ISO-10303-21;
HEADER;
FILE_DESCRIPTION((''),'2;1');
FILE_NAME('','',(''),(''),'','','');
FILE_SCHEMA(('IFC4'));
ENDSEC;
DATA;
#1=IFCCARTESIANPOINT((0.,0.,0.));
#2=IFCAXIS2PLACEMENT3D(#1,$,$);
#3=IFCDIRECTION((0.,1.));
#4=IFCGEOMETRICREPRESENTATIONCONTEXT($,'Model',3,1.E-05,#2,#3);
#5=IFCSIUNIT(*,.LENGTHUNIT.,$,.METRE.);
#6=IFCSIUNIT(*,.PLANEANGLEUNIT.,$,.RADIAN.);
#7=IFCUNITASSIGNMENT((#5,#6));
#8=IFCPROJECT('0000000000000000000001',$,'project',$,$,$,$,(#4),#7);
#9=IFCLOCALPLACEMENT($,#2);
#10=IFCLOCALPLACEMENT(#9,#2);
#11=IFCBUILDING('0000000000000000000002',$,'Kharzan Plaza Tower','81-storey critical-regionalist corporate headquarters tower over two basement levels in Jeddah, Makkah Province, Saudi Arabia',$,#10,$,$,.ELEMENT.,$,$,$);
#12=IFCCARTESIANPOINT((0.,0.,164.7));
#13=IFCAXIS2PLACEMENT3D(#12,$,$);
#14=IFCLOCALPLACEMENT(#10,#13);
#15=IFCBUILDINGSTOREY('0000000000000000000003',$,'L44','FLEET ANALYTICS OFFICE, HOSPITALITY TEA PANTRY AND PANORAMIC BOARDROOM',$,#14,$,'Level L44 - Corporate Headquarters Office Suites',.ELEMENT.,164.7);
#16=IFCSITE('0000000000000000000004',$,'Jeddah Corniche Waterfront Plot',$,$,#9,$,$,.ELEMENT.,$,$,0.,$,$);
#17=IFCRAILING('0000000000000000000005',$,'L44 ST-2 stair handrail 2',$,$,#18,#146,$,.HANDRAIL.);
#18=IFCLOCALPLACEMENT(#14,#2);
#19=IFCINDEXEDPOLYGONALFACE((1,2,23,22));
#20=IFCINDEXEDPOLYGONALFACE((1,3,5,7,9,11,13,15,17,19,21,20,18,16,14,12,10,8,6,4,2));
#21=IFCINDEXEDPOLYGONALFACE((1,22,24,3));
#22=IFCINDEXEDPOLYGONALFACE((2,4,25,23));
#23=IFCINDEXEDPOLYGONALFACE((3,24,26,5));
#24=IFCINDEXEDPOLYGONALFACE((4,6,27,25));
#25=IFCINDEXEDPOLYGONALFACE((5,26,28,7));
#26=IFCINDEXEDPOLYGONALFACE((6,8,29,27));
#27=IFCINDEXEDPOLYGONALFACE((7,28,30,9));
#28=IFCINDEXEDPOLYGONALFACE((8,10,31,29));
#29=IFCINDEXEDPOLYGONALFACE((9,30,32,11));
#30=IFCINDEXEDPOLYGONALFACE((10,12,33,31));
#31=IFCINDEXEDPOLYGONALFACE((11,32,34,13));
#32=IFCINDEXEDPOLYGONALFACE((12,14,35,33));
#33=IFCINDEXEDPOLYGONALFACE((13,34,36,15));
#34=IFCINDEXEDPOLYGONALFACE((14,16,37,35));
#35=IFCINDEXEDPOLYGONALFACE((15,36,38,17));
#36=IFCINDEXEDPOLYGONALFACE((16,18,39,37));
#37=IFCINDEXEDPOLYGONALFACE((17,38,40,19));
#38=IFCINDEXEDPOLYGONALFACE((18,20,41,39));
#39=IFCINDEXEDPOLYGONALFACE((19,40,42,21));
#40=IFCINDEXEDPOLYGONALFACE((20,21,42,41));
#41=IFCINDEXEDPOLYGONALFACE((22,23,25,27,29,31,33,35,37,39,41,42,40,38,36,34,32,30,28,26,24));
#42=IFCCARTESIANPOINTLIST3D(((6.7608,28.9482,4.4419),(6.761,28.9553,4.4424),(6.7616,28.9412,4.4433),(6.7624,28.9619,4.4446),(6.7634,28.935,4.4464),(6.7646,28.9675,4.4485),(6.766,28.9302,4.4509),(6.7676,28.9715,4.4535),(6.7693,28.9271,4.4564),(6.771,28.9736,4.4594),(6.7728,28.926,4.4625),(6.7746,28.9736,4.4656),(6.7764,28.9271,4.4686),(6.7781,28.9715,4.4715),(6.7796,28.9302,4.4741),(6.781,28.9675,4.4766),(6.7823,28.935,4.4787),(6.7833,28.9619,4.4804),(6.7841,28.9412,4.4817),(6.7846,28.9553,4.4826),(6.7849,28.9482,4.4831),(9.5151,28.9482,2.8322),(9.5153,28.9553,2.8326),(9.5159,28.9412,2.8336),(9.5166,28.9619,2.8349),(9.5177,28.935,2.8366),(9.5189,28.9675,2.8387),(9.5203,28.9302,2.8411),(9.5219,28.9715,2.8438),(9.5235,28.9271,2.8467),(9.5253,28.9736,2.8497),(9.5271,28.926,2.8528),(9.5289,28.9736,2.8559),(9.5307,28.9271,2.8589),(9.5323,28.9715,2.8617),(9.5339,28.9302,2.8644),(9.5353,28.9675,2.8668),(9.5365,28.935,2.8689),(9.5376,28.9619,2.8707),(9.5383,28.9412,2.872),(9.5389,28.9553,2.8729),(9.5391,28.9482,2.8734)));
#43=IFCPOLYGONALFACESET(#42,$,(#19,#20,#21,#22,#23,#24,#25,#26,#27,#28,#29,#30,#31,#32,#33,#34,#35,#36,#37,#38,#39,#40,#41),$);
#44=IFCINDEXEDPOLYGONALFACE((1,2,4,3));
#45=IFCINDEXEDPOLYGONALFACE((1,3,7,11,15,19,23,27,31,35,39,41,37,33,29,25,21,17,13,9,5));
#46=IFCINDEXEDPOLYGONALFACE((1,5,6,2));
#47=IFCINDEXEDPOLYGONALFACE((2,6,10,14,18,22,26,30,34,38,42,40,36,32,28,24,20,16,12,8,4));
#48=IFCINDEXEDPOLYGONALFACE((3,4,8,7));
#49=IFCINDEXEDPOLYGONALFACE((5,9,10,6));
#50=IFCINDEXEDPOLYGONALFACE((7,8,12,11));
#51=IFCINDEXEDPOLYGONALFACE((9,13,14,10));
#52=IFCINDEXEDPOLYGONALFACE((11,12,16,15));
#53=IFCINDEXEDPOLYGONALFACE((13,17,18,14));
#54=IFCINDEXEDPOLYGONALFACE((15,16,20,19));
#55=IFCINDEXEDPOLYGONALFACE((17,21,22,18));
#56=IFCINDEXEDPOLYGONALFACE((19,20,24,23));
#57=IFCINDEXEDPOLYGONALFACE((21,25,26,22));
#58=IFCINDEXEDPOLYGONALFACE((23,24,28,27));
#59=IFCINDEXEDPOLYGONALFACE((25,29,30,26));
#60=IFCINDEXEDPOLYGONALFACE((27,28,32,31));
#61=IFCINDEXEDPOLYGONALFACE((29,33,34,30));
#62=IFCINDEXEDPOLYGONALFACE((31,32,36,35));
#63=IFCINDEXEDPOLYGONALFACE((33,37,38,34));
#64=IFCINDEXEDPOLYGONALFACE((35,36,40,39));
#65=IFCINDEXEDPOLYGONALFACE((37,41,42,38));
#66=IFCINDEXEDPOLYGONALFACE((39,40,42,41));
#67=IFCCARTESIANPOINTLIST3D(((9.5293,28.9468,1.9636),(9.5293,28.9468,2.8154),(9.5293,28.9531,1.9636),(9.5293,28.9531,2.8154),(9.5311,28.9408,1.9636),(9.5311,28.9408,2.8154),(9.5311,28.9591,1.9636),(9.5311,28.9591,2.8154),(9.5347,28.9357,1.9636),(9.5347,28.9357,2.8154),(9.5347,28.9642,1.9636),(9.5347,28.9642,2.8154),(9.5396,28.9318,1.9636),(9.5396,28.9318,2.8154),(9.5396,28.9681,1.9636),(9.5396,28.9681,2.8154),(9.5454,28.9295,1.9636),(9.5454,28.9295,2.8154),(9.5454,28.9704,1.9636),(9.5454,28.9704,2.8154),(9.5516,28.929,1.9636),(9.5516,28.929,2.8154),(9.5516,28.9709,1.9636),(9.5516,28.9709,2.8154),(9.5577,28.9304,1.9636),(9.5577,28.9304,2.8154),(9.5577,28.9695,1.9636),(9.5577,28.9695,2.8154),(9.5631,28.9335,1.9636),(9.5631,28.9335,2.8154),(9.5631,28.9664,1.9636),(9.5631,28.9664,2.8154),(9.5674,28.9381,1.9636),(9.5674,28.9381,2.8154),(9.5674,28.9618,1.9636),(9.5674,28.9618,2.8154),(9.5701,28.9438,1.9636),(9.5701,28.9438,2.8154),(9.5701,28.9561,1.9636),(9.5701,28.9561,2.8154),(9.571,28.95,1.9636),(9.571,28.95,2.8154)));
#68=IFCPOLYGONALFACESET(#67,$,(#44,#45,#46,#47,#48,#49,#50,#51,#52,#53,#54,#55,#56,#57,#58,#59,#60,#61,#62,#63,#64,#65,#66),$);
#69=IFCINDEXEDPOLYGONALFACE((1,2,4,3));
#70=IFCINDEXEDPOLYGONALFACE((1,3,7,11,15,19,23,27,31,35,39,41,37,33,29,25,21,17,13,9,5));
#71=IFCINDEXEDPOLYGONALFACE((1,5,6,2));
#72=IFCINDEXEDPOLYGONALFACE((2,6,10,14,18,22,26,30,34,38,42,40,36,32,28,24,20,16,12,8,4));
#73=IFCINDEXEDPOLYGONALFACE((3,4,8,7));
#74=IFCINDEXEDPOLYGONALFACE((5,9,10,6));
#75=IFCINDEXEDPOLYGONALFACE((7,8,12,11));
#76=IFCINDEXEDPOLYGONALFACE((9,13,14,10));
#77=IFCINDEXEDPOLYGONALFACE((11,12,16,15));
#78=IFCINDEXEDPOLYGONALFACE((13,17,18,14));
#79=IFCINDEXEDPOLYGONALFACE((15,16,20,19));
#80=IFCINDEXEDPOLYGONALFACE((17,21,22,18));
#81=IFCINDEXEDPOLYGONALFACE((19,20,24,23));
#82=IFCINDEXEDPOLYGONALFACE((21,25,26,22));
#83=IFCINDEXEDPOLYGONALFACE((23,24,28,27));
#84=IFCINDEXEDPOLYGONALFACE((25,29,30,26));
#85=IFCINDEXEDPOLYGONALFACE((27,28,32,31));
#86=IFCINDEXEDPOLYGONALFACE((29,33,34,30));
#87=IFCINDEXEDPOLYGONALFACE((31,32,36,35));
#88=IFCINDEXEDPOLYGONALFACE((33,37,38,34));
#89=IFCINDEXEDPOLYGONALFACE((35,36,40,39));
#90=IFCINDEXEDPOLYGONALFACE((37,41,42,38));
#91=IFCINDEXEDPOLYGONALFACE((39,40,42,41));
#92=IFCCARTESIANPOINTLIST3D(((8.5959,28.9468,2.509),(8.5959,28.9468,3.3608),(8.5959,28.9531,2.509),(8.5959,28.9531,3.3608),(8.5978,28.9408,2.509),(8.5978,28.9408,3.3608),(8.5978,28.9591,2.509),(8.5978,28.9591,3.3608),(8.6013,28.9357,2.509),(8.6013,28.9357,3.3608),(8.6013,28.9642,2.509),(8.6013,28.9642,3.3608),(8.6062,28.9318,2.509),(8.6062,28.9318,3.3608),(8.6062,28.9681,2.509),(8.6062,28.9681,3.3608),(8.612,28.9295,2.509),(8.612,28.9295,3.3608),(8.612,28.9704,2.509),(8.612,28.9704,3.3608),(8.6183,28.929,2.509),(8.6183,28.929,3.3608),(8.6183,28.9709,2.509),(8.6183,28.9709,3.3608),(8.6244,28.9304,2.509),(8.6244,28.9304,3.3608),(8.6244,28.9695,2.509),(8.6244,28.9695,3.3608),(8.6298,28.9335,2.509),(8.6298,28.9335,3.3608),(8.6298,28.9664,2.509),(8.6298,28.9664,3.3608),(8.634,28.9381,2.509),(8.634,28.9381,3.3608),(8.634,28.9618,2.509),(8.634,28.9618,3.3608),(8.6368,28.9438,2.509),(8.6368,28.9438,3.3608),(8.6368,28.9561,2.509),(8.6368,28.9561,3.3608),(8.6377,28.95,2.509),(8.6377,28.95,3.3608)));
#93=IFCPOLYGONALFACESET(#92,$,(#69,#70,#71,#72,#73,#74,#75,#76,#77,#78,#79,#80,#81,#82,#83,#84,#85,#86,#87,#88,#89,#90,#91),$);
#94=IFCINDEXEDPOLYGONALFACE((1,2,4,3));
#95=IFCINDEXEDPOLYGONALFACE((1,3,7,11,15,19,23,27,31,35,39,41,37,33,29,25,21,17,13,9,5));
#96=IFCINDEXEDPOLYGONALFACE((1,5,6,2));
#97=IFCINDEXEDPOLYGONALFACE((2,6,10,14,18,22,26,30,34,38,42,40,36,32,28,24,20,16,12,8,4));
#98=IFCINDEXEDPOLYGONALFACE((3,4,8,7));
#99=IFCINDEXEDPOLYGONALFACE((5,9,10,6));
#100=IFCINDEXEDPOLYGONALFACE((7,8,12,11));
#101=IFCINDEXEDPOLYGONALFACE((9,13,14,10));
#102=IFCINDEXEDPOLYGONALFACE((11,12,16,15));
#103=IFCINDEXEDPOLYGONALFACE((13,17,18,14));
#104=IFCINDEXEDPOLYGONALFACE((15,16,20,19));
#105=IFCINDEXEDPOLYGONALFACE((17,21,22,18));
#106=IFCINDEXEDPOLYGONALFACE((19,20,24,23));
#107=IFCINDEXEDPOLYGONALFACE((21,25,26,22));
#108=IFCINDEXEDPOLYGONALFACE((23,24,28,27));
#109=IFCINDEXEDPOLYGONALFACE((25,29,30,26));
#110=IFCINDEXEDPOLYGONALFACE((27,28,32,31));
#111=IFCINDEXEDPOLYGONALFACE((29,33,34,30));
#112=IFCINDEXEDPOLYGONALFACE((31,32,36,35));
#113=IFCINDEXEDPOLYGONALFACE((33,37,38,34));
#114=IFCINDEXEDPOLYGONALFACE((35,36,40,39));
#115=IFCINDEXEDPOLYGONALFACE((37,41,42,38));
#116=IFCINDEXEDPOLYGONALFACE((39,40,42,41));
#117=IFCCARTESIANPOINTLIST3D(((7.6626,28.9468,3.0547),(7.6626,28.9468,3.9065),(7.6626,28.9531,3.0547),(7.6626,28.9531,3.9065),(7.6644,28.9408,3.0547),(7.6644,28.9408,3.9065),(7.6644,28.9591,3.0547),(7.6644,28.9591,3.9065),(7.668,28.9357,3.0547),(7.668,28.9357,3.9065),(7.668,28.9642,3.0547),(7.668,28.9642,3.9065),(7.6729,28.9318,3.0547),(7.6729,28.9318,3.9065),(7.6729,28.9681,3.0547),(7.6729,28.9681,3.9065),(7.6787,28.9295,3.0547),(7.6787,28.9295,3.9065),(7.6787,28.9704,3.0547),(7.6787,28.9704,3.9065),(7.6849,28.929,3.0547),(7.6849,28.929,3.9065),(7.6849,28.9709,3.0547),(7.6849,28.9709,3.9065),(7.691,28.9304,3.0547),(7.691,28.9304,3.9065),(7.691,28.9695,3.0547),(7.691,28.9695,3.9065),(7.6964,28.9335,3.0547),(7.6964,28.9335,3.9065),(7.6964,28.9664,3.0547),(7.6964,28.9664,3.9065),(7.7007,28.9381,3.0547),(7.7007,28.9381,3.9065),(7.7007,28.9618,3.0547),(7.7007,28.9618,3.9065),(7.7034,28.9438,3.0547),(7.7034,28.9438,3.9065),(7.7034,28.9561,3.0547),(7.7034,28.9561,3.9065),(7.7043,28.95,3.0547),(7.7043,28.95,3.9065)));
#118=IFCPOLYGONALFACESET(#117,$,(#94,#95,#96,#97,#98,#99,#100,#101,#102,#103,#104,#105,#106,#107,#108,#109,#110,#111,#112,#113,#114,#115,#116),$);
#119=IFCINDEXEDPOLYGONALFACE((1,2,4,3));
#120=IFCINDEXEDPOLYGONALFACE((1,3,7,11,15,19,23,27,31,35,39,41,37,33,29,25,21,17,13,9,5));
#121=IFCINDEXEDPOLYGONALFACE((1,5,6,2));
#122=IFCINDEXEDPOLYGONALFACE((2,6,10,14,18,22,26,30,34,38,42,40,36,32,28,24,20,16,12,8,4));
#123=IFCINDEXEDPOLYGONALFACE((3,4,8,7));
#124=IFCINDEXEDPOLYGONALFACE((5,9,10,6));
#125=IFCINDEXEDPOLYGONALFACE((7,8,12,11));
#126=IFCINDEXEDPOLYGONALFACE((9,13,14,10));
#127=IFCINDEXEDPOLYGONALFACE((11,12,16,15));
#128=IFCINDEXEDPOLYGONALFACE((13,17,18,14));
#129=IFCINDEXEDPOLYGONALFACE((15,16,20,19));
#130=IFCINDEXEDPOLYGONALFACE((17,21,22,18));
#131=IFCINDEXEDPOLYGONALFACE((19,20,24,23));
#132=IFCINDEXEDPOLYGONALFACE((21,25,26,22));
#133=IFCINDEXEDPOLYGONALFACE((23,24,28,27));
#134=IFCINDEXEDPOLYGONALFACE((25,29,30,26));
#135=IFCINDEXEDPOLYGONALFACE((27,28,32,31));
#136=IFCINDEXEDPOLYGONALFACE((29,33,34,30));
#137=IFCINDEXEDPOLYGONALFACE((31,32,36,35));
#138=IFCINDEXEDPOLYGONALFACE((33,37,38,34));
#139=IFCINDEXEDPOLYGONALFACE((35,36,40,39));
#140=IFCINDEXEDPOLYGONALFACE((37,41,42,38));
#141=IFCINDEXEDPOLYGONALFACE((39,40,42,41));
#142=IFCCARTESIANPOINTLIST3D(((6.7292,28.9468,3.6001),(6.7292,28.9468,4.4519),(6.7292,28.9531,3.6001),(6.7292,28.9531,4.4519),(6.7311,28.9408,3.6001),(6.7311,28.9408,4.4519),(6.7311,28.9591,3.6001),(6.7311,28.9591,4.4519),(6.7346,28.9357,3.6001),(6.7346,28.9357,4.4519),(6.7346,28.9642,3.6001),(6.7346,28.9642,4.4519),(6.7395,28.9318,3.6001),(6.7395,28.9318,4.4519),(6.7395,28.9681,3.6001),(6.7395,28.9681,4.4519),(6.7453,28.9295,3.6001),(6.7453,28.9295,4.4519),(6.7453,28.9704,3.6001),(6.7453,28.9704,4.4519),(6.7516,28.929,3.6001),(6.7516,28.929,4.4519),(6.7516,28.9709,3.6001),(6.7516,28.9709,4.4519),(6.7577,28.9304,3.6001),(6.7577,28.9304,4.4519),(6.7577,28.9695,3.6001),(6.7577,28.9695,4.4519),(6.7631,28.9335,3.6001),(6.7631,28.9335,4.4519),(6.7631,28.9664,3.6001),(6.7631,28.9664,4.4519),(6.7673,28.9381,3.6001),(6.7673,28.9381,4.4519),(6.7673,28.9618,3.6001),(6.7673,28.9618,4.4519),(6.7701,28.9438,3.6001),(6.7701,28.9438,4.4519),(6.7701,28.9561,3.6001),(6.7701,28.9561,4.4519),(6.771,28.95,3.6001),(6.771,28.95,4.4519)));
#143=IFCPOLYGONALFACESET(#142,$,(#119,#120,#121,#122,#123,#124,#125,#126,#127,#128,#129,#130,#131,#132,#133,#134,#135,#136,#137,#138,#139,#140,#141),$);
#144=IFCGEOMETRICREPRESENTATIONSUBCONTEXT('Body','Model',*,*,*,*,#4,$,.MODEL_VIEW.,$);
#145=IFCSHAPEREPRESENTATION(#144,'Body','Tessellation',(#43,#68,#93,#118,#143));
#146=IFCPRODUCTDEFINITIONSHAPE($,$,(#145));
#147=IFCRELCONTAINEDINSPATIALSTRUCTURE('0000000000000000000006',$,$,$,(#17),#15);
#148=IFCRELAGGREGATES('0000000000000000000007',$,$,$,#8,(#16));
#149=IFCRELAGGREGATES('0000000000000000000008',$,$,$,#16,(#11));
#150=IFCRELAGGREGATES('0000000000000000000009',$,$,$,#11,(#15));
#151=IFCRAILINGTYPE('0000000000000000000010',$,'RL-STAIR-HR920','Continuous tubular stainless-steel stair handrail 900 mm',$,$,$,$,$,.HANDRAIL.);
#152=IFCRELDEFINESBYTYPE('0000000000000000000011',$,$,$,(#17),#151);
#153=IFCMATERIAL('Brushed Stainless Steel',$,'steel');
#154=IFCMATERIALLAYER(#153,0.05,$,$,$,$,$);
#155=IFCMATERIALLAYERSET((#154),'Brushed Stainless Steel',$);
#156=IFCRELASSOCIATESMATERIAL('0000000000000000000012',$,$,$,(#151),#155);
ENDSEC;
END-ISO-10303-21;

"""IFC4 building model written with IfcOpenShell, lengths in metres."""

from ifc_helpers import new_model, si_unit, direction, frame, origin, origin_2d, place, context, subcontext, project, spatial, circle, extrude, source, transform, mapped, material, layer, layer_set, type_object, element, save


model = new_model("IFC4")

# Units and contexts
model_context = context("Model", 3, precision=1e-05, world=origin(), true_north=direction((0.0, 1.0)))
body_context = subcontext(model_context, "Body", "Model", "MODEL_VIEW")
ifc_project = project(units=[si_unit("LENGTHUNIT", "METRE"), si_unit("PLANEANGLEUNIT", "RADIAN")], contexts=[model_context])

# Site, building, storey
site_placement = place(None, origin())
site = spatial("IfcSite", under=ifc_project, at=site_placement, Name="Jeddah Corniche Waterfront Plot", CompositionType="ELEMENT", RefElevation=0.0)
building_placement = place(site_placement, origin())
building = spatial("IfcBuilding", under=site, at=building_placement, Name="Kharzan Plaza Tower", Description="81-storey critical-regionalist corporate headquarters tower over two basement levels in Jeddah, Makkah Province, Saudi Arabia", CompositionType="ELEMENT")
storey_placement = place(building_placement, frame((0.0, 0.0, 164.7)))
storey = spatial("IfcBuildingStorey", under=building, at=storey_placement, Name="L44", Description="FLEET ANALYTICS OFFICE, HOSPITALITY TEA PANTRY AND PANORAMIC BOARDROOM", LongName="Level L44 - Corporate Headquarters Office Suites", CompositionType="ELEMENT", Elevation=164.7)

# Shared definitions
ifc_material_1 = material(Name="Brushed Stainless Steel", Category="steel")

# Railing
ifc_layer_1 = layer(ifc_material_1, 0.05)
ifc_layer_set_1 = layer_set([ifc_layer_1], Name="Brushed Stainless Steel")
railing_type_1 = type_object("IfcRailingType", Name="RL-STAIR-HR920", Description="Continuous tubular stainless-steel stair handrail 900 mm", PredefinedType="HANDRAIL", material=ifc_layer_set_1)
shared_shape_1 = source(origin(), body_context, "Body", "SweptSolid", [
    extrude(circle(Radius=0.0239, at=origin_2d()), frame((-0.0229, 0.0, 0.8892), z_axis=(-0.863361, 0.0, 0.504587), x_axis=(0.0, -1.0, 0.0)), (0.0, 0.0, 1.0), 3.1902),
    extrude(circle(Radius=0.021, at=origin_2d()), origin(), (0.0, 0.0, 1.0), 0.8518),
    extrude(circle(Radius=0.021, at=origin_2d()), frame((-0.9333, 0.0, 0.5454)), (0.0, 0.0, 1.0), 0.8518),
    extrude(circle(Radius=0.021, at=origin_2d()), frame((-1.8667, 0.0, 1.0911)), (0.0, 0.0, 1.0), 0.8518),
    extrude(circle(Radius=0.021, at=origin_2d()), frame((-2.8, 0.0, 1.6365)), (0.0, 0.0, 1.0), 0.8518),
])
railing_1_placement = place(storey_placement, frame((9.55, 28.95, 1.9636)))
element("IfcRailing", 1, at=railing_1_placement, inside=storey, type_object=railing_type_1, Name="L44 ST-2 stair handrail 2", PredefinedType="HANDRAIL", context=body_context, shape_type="MappedRepresentation", body=[
    mapped(shared_shape_1, transform((0.0, 0.0, 0.0), x_axis=(1.0, 0.0, 0.0), y_axis=(0.0, 1.0, 0.0), z_axis=(0.0, 0.0, 1.0))),
])

save(model, "model.ifc")
